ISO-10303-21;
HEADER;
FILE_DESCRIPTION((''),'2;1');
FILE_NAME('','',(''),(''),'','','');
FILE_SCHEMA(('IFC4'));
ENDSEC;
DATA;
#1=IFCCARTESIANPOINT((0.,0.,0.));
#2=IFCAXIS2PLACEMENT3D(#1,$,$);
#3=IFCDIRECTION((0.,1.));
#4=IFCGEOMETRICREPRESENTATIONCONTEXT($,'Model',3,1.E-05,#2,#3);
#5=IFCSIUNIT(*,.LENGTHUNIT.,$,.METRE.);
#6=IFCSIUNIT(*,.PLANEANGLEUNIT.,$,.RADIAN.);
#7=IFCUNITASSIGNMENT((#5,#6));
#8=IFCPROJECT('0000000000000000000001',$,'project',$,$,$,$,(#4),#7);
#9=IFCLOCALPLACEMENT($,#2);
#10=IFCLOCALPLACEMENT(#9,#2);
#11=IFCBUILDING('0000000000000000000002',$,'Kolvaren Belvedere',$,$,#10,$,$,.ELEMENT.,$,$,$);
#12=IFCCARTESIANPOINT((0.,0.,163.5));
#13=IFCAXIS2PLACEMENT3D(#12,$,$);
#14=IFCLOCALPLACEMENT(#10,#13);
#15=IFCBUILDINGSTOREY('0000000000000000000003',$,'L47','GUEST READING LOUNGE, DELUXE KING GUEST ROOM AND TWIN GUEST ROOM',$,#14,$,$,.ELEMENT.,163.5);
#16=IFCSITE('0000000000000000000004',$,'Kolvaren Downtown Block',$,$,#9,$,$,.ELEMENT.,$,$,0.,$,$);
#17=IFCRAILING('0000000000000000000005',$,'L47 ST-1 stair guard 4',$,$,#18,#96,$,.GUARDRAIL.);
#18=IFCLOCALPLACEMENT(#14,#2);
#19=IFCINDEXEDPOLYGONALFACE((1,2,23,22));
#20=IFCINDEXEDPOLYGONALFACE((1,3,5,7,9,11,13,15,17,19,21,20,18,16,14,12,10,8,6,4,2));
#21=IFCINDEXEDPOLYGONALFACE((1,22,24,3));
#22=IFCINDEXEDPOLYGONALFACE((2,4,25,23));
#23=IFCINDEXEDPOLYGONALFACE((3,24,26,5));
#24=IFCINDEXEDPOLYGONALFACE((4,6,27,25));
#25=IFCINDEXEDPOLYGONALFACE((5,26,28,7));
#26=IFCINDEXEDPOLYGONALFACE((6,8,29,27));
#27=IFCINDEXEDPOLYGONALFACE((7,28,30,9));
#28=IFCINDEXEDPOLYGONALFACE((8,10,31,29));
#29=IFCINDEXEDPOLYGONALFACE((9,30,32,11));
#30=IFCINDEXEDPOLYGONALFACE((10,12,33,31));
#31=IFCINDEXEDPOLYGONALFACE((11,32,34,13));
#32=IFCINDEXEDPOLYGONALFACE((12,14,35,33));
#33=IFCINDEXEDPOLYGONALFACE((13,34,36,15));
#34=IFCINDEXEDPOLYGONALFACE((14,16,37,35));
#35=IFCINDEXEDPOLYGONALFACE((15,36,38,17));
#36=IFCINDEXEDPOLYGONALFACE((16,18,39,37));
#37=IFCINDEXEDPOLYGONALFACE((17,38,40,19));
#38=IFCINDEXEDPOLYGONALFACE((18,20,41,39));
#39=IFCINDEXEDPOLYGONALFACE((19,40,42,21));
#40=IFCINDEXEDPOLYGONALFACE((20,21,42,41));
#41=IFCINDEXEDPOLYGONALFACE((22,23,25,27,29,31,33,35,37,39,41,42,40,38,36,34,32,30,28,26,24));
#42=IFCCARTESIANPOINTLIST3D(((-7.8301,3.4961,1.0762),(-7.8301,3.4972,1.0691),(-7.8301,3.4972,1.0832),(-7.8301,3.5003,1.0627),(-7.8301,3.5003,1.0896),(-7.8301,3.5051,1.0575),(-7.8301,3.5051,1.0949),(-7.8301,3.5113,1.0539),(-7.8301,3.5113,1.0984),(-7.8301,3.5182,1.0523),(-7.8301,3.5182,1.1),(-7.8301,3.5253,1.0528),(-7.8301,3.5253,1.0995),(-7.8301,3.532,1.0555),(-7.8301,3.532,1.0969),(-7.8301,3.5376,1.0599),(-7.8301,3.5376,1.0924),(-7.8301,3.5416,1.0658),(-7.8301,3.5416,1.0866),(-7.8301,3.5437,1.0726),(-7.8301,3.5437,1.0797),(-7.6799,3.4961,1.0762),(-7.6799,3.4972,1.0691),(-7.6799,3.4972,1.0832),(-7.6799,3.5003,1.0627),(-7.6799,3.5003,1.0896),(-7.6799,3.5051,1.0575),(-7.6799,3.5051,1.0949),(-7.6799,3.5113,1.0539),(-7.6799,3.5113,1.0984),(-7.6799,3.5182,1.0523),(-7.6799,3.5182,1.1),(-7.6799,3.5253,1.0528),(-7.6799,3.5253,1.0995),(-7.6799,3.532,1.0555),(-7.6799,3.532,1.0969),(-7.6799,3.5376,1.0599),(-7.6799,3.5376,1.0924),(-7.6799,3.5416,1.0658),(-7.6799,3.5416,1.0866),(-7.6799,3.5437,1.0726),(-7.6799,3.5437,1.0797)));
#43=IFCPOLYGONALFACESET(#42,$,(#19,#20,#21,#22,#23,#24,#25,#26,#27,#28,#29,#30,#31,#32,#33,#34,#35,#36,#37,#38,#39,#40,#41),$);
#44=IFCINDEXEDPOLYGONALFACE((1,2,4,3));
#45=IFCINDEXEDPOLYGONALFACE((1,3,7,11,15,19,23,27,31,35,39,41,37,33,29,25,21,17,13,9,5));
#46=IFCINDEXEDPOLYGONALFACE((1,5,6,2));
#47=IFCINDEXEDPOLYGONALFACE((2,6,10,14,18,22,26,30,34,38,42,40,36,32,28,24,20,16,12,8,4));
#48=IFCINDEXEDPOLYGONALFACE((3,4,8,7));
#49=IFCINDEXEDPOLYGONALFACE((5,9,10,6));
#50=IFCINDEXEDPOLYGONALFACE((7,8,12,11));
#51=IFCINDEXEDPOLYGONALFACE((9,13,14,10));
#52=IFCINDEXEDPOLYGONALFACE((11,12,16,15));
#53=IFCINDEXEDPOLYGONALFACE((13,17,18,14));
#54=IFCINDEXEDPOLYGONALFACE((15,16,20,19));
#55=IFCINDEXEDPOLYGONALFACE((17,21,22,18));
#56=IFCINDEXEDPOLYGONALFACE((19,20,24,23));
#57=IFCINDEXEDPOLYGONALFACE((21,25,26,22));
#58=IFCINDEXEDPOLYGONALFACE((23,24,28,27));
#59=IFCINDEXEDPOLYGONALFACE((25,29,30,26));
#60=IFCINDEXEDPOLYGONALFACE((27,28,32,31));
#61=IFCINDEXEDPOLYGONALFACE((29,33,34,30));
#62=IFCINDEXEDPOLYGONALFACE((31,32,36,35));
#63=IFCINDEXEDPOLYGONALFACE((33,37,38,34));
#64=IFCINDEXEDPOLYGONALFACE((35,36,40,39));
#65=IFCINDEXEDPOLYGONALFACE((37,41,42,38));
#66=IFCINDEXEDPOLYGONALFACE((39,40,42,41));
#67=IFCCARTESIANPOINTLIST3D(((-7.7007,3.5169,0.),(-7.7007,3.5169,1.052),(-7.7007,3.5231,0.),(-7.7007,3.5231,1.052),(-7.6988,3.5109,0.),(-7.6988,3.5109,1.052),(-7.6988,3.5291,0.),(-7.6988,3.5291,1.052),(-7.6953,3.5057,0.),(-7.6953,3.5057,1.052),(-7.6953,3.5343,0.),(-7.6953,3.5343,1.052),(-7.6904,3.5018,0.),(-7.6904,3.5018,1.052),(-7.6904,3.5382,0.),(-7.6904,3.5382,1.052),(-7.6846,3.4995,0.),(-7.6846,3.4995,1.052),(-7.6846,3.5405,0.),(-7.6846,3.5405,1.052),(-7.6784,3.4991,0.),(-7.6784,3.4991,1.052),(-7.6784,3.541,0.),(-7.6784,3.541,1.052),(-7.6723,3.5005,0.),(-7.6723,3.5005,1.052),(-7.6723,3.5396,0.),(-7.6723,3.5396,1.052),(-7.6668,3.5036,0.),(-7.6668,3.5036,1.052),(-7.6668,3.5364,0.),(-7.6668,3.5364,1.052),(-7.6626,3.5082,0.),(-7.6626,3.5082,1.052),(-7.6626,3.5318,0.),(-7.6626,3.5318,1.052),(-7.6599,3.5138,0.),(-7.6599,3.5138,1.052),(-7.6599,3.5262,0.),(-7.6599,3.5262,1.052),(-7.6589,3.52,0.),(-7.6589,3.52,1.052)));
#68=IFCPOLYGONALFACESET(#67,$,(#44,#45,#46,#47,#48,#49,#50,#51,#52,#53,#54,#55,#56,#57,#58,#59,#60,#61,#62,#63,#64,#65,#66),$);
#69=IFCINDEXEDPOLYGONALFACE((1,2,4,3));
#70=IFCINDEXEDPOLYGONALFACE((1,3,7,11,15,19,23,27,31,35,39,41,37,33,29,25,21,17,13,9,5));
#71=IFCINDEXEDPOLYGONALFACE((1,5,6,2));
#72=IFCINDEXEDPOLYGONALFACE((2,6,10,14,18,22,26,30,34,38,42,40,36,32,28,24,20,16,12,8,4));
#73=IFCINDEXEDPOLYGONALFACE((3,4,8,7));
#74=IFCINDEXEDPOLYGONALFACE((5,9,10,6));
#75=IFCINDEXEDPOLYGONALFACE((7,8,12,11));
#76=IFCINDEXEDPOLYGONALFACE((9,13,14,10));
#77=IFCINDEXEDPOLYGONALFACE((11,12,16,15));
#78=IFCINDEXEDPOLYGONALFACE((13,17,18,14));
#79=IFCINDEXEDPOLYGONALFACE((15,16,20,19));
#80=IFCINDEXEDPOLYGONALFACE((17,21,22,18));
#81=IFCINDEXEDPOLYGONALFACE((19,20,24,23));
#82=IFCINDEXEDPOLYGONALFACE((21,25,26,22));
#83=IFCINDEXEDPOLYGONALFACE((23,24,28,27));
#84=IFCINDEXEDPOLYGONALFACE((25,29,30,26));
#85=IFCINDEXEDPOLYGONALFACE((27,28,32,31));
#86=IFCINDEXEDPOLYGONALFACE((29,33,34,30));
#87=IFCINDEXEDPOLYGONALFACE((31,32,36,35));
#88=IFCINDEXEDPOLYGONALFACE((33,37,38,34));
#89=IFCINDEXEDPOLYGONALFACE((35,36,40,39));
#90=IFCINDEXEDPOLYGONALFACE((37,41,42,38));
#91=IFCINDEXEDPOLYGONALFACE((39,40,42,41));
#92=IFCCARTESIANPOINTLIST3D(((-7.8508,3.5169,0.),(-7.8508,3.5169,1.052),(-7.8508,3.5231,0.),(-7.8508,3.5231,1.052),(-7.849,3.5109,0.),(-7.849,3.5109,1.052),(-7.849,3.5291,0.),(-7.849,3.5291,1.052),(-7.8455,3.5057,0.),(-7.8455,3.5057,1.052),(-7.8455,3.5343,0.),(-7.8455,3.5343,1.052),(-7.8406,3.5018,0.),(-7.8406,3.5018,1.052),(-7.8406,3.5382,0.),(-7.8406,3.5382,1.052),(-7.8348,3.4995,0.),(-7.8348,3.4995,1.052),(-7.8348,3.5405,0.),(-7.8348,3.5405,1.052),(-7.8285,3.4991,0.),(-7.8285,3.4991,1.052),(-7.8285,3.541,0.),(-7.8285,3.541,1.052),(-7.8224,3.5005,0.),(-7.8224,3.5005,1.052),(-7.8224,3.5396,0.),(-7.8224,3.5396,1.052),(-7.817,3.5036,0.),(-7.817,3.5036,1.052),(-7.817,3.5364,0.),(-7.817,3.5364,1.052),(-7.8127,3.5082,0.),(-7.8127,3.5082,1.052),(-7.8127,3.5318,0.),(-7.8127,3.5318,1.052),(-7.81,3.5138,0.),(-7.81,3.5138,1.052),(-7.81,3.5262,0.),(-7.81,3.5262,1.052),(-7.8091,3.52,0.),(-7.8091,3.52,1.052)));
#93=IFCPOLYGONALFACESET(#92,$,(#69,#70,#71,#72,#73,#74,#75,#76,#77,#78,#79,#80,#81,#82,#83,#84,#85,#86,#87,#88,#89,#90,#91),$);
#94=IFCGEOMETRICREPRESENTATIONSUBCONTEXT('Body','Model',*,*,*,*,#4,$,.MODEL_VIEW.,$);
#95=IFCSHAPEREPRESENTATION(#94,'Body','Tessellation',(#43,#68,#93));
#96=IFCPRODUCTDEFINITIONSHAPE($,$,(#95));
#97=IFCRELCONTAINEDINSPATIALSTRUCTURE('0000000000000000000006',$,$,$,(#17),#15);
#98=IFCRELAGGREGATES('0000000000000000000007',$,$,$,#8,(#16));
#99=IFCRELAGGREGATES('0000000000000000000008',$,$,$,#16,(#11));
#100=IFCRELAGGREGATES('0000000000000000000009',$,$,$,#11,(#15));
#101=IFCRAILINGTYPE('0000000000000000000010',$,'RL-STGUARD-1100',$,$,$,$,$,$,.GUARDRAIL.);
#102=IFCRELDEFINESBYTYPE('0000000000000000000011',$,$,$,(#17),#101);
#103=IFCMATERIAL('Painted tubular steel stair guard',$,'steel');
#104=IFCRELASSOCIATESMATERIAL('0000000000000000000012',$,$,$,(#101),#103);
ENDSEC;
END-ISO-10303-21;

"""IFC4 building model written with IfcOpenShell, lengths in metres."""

from ifc_helpers import new_model, si_unit, direction, frame, origin, origin_2d, place, context, subcontext, project, spatial, circle, extrude, material, type_object, element, save


model = new_model("IFC4")

# Units and contexts
model_context = context("Model", 3, precision=1e-05, world=origin(), true_north=direction((0.0, 1.0)))
body_context = subcontext(model_context, "Body", "Model", "MODEL_VIEW")
ifc_project = project(units=[si_unit("LENGTHUNIT", "METRE"), si_unit("PLANEANGLEUNIT", "RADIAN")], contexts=[model_context])

# Site, building, storey
site_placement = place(None, origin())
site = spatial("IfcSite", under=ifc_project, at=site_placement, Name="Kolvaren Downtown Block", CompositionType="ELEMENT", RefElevation=0.0)
building_placement = place(site_placement, origin())
building = spatial("IfcBuilding", under=site, at=building_placement, Name="Kolvaren Belvedere", CompositionType="ELEMENT")
storey_placement = place(building_placement, frame((0.0, 0.0, 163.5)))
storey = spatial("IfcBuildingStorey", under=building, at=storey_placement, Name="L47", Description="GUEST READING LOUNGE, DELUXE KING GUEST ROOM AND TWIN GUEST ROOM", CompositionType="ELEMENT", Elevation=163.5)

# Railing
ifc_material_1 = material(Name="Painted tubular steel stair guard", Category="steel")
railing_type_1 = type_object("IfcRailingType", Name="RL-STGUARD-1100", PredefinedType="GUARDRAIL", material=ifc_material_1)
railing_1_placement = place(storey_placement, frame((-7.6799, 3.52, 0.0)))
element("IfcRailing", 1, at=railing_1_placement, inside=storey, type_object=railing_type_1, Name="L47 ST-1 stair guard 4", PredefinedType="GUARDRAIL", context=body_context, shape_type="SweptSolid", body=[
    extrude(circle(Radius=0.0239, at=origin_2d()), frame((0.0, 0.0, 1.0762), z_axis=(-1.0, 0.0, 0.0), x_axis=(0.0, -1.0, 0.0)), (0.0, 0.0, 1.0), 0.1501),
    extrude(circle(Radius=0.021, at=origin_2d()), origin(), (0.0, 0.0, 1.0), 1.052),
    extrude(circle(Radius=0.021, at=origin_2d()), frame((-0.1501, 0.0, 0.0)), (0.0, 0.0, 1.0), 1.052),
])

save(model, "model.ifc")
